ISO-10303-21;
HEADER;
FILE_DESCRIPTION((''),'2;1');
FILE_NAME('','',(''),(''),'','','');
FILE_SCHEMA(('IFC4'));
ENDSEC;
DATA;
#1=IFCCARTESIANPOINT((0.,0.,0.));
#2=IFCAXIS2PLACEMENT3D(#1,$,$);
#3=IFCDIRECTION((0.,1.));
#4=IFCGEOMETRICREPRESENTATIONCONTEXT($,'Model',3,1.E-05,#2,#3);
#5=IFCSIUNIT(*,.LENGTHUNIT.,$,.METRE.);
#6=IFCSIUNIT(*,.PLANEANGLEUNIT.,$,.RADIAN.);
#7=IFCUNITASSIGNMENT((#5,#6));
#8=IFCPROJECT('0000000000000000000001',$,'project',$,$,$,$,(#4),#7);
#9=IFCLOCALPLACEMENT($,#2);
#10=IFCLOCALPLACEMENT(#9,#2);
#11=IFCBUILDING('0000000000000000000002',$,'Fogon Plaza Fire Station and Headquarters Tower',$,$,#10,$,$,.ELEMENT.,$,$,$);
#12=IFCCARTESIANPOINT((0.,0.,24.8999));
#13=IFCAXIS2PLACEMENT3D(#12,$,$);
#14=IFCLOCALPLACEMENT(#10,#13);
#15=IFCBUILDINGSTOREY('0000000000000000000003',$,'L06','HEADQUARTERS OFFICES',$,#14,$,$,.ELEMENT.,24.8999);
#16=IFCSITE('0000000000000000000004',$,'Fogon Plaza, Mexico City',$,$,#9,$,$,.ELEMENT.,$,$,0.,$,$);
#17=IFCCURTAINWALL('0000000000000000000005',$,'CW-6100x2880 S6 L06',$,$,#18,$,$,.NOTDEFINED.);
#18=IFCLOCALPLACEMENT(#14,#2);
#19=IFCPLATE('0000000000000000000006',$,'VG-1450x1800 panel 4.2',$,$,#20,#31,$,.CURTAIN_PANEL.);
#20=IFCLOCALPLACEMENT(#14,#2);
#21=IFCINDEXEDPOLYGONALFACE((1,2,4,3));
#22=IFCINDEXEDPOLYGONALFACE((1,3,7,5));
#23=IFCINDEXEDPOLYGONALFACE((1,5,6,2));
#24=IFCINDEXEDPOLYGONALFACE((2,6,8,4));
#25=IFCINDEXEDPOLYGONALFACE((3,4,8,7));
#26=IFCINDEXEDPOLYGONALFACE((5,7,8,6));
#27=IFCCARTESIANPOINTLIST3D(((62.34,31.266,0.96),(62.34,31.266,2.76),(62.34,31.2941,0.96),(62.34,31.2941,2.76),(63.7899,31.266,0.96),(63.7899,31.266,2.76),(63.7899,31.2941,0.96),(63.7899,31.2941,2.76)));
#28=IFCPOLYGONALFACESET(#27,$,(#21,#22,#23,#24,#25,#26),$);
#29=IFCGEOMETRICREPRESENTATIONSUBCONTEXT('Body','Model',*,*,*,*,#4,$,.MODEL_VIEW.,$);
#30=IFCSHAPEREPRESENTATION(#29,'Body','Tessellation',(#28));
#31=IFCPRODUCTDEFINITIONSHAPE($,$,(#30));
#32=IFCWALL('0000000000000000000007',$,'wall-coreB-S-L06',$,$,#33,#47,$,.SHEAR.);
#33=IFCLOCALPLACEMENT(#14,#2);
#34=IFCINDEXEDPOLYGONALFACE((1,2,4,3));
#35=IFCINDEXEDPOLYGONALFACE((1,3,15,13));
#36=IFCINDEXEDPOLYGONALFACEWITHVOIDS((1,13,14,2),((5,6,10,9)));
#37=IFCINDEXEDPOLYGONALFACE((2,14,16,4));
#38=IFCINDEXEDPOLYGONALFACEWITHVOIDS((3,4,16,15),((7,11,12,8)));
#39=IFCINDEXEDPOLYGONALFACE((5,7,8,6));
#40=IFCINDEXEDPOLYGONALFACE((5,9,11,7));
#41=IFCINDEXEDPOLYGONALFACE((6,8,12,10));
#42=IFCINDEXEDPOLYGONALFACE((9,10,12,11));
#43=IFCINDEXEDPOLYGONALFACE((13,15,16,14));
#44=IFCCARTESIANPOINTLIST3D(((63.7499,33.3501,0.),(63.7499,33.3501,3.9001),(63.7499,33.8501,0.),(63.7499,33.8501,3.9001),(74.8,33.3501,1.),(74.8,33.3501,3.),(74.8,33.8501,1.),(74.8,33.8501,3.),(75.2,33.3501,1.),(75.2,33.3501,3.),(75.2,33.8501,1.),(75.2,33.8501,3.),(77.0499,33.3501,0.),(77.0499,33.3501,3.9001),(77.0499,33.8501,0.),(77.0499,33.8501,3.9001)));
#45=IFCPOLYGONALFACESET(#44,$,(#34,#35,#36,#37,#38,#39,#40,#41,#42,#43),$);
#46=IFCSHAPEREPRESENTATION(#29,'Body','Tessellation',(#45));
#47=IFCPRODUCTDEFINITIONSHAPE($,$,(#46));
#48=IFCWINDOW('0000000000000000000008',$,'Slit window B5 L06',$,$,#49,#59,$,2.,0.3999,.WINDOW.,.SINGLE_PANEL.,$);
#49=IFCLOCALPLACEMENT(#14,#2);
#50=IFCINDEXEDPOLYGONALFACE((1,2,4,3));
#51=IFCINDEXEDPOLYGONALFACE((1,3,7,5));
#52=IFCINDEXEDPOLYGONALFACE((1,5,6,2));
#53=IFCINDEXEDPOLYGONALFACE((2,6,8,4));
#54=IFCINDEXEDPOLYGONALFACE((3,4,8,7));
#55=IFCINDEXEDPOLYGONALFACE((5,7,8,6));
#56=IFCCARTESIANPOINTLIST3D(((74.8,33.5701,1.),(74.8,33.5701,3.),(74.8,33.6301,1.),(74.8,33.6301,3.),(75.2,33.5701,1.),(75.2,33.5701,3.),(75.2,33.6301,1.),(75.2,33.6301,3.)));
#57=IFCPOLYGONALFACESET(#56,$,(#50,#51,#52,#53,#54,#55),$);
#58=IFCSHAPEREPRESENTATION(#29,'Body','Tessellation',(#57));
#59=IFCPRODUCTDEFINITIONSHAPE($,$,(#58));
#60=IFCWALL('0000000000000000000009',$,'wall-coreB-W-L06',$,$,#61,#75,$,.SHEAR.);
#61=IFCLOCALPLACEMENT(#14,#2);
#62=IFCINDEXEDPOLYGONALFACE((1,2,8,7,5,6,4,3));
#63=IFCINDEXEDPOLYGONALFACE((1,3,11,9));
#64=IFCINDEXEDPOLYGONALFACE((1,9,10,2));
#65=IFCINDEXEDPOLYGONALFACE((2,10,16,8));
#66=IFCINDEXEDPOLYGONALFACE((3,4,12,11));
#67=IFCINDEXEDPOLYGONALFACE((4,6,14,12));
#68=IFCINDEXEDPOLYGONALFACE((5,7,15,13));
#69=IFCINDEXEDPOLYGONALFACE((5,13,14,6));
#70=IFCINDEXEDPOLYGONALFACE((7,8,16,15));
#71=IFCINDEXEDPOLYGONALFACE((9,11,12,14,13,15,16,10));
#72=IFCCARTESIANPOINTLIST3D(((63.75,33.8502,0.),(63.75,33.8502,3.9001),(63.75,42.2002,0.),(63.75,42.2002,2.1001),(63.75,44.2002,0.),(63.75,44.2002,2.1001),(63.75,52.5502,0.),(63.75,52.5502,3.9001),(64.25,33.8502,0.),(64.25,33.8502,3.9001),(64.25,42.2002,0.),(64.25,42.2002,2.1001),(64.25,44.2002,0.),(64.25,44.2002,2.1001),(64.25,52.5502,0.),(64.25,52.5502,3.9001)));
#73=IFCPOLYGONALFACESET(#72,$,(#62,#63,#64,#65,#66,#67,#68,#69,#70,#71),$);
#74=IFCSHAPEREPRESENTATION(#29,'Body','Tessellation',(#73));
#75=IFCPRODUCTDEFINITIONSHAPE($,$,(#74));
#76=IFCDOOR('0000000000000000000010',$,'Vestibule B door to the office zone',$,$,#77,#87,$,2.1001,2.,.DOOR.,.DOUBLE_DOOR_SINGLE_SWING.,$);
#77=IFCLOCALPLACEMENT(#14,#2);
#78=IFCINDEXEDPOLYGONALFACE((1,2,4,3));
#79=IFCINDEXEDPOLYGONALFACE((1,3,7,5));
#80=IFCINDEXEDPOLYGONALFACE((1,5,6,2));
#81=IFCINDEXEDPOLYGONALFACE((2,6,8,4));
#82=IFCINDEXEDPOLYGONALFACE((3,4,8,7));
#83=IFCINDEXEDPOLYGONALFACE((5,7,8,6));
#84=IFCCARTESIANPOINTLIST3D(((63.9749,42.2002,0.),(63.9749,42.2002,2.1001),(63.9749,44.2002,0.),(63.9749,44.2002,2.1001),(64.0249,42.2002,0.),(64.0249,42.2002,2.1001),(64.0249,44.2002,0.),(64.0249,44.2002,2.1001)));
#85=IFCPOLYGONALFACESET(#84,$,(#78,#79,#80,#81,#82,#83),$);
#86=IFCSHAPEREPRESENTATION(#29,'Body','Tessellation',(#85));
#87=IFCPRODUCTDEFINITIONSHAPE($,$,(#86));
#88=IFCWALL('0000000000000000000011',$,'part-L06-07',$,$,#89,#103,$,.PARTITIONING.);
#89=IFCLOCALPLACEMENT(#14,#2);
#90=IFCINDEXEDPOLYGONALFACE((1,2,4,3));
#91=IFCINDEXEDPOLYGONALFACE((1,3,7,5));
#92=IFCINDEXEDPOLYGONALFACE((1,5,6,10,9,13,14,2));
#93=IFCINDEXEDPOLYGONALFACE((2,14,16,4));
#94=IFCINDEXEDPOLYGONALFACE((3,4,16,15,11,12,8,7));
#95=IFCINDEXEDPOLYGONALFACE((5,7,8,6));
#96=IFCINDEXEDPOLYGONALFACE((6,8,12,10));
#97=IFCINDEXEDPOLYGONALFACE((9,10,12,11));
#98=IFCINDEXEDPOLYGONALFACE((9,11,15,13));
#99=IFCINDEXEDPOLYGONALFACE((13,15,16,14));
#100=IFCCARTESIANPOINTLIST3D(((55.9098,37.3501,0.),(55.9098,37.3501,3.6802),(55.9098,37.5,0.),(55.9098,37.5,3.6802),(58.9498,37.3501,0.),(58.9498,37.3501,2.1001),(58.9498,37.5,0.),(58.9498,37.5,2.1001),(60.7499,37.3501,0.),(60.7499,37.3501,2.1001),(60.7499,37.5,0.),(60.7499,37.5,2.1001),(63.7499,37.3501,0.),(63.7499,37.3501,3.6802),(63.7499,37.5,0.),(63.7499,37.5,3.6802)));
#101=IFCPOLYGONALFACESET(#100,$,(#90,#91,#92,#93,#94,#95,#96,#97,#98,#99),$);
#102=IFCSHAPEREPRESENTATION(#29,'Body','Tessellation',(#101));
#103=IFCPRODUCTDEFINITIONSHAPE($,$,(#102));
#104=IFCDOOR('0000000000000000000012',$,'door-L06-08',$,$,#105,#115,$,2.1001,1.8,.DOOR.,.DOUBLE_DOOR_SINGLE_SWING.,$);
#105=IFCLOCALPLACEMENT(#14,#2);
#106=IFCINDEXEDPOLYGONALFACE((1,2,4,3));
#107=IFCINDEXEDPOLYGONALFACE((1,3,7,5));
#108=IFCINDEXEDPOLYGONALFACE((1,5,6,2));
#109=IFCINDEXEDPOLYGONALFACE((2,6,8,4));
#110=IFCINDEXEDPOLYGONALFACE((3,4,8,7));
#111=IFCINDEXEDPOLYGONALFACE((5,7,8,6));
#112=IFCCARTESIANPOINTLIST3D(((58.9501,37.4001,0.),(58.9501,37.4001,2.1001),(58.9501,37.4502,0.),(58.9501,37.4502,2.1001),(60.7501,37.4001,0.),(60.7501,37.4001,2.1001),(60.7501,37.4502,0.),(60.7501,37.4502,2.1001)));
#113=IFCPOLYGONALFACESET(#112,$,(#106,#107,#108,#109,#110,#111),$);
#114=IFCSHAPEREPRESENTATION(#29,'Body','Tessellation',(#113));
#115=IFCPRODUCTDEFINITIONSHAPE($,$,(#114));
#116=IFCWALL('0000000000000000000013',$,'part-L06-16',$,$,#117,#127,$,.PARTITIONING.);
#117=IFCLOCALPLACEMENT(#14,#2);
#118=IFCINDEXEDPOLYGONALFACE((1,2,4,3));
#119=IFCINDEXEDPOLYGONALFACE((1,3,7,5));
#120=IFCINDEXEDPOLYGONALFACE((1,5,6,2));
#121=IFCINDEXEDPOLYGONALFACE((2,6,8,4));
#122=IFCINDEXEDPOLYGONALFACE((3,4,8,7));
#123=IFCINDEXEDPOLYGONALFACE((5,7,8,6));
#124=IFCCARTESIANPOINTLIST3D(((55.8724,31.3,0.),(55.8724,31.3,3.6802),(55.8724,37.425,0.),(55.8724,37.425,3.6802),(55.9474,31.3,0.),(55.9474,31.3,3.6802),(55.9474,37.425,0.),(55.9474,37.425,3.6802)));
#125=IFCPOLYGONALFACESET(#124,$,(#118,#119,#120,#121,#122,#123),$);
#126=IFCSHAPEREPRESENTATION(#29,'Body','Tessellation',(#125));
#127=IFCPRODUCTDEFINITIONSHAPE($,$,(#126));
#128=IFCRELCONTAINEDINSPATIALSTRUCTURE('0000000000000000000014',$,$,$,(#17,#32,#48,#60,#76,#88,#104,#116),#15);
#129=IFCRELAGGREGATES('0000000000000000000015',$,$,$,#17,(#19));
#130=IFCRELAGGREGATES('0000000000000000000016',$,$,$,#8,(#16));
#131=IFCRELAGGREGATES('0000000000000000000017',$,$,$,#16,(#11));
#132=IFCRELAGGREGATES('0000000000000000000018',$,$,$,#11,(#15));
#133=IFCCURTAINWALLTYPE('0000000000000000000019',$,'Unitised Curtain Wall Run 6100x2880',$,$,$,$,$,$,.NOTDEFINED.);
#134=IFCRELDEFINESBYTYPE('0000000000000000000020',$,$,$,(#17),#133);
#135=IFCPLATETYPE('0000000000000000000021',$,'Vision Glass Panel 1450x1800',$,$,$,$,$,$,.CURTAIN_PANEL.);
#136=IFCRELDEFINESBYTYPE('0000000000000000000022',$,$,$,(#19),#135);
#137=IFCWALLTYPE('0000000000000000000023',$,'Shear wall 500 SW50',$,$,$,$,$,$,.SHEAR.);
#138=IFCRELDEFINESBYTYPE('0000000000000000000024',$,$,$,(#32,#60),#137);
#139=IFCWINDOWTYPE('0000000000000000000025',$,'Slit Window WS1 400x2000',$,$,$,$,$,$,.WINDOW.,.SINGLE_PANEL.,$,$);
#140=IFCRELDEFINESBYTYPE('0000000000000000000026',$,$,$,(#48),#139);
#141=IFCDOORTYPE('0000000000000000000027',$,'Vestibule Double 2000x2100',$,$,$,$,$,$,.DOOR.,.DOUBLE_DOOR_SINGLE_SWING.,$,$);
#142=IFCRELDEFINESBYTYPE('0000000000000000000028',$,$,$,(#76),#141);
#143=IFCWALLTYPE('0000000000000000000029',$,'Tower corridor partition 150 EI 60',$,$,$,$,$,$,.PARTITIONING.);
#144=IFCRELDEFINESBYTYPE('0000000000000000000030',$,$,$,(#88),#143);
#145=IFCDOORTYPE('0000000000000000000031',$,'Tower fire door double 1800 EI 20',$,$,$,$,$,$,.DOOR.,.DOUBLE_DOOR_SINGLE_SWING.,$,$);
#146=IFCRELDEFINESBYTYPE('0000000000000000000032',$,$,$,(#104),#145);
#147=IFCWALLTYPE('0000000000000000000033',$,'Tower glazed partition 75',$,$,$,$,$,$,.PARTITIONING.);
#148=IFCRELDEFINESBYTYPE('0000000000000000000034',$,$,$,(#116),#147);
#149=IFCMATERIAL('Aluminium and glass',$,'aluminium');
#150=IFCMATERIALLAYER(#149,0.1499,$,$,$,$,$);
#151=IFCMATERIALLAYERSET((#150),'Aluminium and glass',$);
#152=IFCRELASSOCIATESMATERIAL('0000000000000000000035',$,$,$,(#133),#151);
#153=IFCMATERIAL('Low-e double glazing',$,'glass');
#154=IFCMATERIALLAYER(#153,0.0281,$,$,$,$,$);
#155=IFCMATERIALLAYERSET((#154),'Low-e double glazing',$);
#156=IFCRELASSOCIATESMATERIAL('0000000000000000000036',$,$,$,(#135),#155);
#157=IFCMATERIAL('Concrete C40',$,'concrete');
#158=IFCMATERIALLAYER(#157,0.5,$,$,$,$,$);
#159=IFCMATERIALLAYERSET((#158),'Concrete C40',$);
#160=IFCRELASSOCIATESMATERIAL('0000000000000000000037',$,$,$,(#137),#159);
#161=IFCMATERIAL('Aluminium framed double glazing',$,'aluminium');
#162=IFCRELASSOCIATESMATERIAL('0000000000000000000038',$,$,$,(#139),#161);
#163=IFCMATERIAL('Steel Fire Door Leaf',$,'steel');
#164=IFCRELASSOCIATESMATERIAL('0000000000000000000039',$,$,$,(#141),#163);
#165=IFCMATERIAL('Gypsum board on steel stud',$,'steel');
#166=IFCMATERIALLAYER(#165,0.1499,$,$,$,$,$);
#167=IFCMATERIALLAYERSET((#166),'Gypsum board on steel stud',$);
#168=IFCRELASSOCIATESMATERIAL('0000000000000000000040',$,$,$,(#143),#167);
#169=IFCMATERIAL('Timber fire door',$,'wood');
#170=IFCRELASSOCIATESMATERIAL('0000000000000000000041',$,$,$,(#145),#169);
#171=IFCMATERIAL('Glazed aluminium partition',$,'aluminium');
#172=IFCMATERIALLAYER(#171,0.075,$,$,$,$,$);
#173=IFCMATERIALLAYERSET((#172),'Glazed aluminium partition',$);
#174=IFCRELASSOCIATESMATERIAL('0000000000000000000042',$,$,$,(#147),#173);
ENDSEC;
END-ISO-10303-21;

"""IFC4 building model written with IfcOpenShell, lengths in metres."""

from ifc_helpers import new_model, si_unit, direction, frame, frame_2d, origin, origin_2d, place, context, subcontext, project, spatial, rectangle, extrude, material, layer, layer_set, type_object, element, fill, aggregate, save


model = new_model("IFC4")

# Units and contexts
model_context = context("Model", 3, precision=1e-05, world=origin(), true_north=direction((0.0, 1.0)))
body_context = subcontext(model_context, "Body", "Model", "MODEL_VIEW")
ifc_project = project(units=[si_unit("LENGTHUNIT", "METRE"), si_unit("PLANEANGLEUNIT", "RADIAN")], contexts=[model_context])

# Site, building, storey
site_placement = place(None, origin())
site = spatial("IfcSite", under=ifc_project, at=site_placement, Name="Fogon Plaza, Mexico City", CompositionType="ELEMENT", RefElevation=0.0)
building_placement = place(site_placement, origin())
building = spatial("IfcBuilding", under=site, at=building_placement, Name="Fogon Plaza Fire Station and Headquarters Tower", CompositionType="ELEMENT")
storey_placement = place(building_placement, frame((0.0, 0.0, 24.8999)))
storey = spatial("IfcBuildingStorey", under=building, at=storey_placement, Name="L06", Description="HEADQUARTERS OFFICES", CompositionType="ELEMENT", Elevation=24.8999)

# Curtain wall
ifc_material_1 = material(Name="Aluminium and glass", Category="aluminium")
ifc_layer_1 = layer(ifc_material_1, 0.1499)
ifc_layer_set_1 = layer_set([ifc_layer_1], Name="Aluminium and glass")
curtain_wall_type = type_object("IfcCurtainWallType", Name="Unitised Curtain Wall Run 6100x2880", PredefinedType="NOTDEFINED", material=ifc_layer_set_1)
curtain_wall_placement = place(storey_placement, origin())
curtain_wall = element("IfcCurtainWall", 1, at=curtain_wall_placement, inside=storey, type_object=curtain_wall_type, Name="CW-6100x2880 S6 L06", PredefinedType="NOTDEFINED")

# Plate
ifc_material_2 = material(Name="Low-e double glazing", Category="glass")
ifc_layer_2 = layer(ifc_material_2, 0.0281)
ifc_layer_set_2 = layer_set([ifc_layer_2], Name="Low-e double glazing")
plate_type_1 = type_object("IfcPlateType", Name="Vision Glass Panel 1450x1800", PredefinedType="CURTAIN_PANEL", material=ifc_layer_set_2)
plate_1_placement = place(storey_placement, frame((63.0649, 31.28, 0.96), z_axis=(0.0, 0.0, 1.0), x_axis=(1.0, 0.0, 0.0)))
plate_1 = element("IfcPlate", 2, at=plate_1_placement, type_object=plate_type_1, Name="VG-1450x1800 panel 4.2", PredefinedType="CURTAIN_PANEL", context=body_context, shape_type="SweptSolid", body=[
    extrude(rectangle(XDim=1.45, YDim=0.0281, at=origin_2d()), origin(), (0.0, 0.0, 1.0), 1.8),
])
aggregate(curtain_wall, [plate_1])

# Wall, opening, window
ifc_material_3 = material(Name="Concrete C40", Category="concrete")
ifc_layer_3 = layer(ifc_material_3, 0.5)
ifc_layer_set_3 = layer_set([ifc_layer_3], Name="Concrete C40")
wall_type_1 = type_object("IfcWallType", Name="Shear wall 500 SW50", PredefinedType="SHEAR", material=ifc_layer_set_3)
wall_1_placement = place(storey_placement, frame((63.75, 33.6001, 0.0), z_axis=(0.0, 0.0, 1.0), x_axis=(1.0, 0.0, 0.0)))
wall_1 = element("IfcWall", 3, at=wall_1_placement, inside=storey, type_object=wall_type_1, Name="wall-coreB-S-L06", PredefinedType="SHEAR", context=body_context, shape_type="SweptSolid", body=[
    extrude(rectangle(XDim=13.3, YDim=0.5, at=frame_2d((6.6499, 0.0))), origin(), (0.0, 0.0, 1.0), 3.9001),
])
opening_1_placement = place(wall_1_placement, frame((11.05, 0.0, 1.0)))
opening_1 = element("IfcOpeningElement", 4, at=opening_1_placement, cuts=wall_1, PredefinedType="OPENING", context=body_context, shape_type="SweptSolid", body=[
    extrude(rectangle(XDim=0.3999, YDim=2.0, at=frame_2d((0.2, 1.0))), frame((0.0, 0.26, 0.0), z_axis=(0.0, -1.0, 0.0), x_axis=(1.0, 0.0, 0.0)), (0.0, 0.0, 1.0), 0.52),
])
ifc_material_4 = material(Name="Aluminium framed double glazing", Category="aluminium")
window_type = type_object("IfcWindowType", Name="Slit Window WS1 400x2000", PartitioningType="SINGLE_PANEL", PredefinedType="WINDOW", material=ifc_material_4)
window_placement = place(opening_1_placement, origin())
window = element("IfcWindow", 5, at=window_placement, inside=storey, type_object=window_type, Name="Slit window B5 L06", OverallHeight=2.0, OverallWidth=0.3999, PartitioningType="SINGLE_PANEL", PredefinedType="WINDOW", context=body_context, shape_type="SweptSolid", body=[
    extrude(rectangle(XDim=0.3999, YDim=2.0, at=frame_2d((0.2, 1.0))), frame((0.0, 0.03, 0.0), z_axis=(0.0, -1.0, 0.0), x_axis=(1.0, 0.0, 0.0)), (0.0, 0.0, 1.0), 0.0601),
])
fill(opening_1, window)

# Walls, openings, doors
wall_2_placement = place(storey_placement, frame((64.0, 33.8501, 0.0), z_axis=(0.0, 0.0, 1.0), x_axis=(0.0, 1.0, 0.0)))
wall_2 = element("IfcWall", 6, at=wall_2_placement, inside=storey, type_object=wall_type_1, Name="wall-coreB-W-L06", PredefinedType="SHEAR", context=body_context, shape_type="SweptSolid", body=[
    extrude(rectangle(XDim=18.7, YDim=0.5, at=frame_2d((9.3501, 0.0))), origin(), (0.0, 0.0, 1.0), 3.9001),
])
opening_2_placement = place(wall_2_placement, frame((8.3501, 0.0, 0.0)))
opening_2 = element("IfcOpeningElement", 7, at=opening_2_placement, cuts=wall_2, PredefinedType="OPENING", context=body_context, shape_type="SweptSolid", body=[
    extrude(rectangle(XDim=2.0, YDim=2.1001, at=frame_2d((1.0, 1.05))), frame((0.0, 0.26, 0.0), z_axis=(0.0, -1.0, 0.0), x_axis=(1.0, 0.0, 0.0)), (0.0, 0.0, 1.0), 0.52),
])
ifc_material_5 = material(Name="Steel Fire Door Leaf", Category="steel")
door_type_1 = type_object("IfcDoorType", Name="Vestibule Double 2000x2100", OperationType="DOUBLE_DOOR_SINGLE_SWING", PredefinedType="DOOR", material=ifc_material_5)
door_1_placement = place(opening_2_placement, frame((2.0, 0.0, 0.0), z_axis=(0.0, 0.0, 1.0), x_axis=(-1.0, 0.0, 0.0)))
door_1 = element("IfcDoor", 8, at=door_1_placement, inside=storey, type_object=door_type_1, Name="Vestibule B door to the office zone", OperationType="DOUBLE_DOOR_SINGLE_SWING", OverallHeight=2.1001, OverallWidth=2.0, PredefinedType="DOOR", context=body_context, shape_type="SweptSolid", body=[
    extrude(rectangle(XDim=2.0, YDim=2.1001, at=frame_2d((1.0, 1.05))), frame((0.0, 0.0249, 0.0), z_axis=(0.0, -1.0, 0.0), x_axis=(1.0, 0.0, 0.0)), (0.0, 0.0, 1.0), 0.05),
])
fill(opening_2, door_1)
ifc_material_6 = material(Name="Gypsum board on steel stud", Category="steel")
ifc_layer_4 = layer(ifc_material_6, 0.1499)
ifc_layer_set_4 = layer_set([ifc_layer_4], Name="Gypsum board on steel stud")
wall_type_2 = type_object("IfcWallType", Name="Tower corridor partition 150 EI 60", PredefinedType="PARTITIONING", material=ifc_layer_set_4)
wall_3_placement = place(storey_placement, frame((55.9099, 37.425, 0.0), z_axis=(0.0, 0.0, 1.0), x_axis=(1.0, 0.0, 0.0)))
wall_3 = element("IfcWall", 9, at=wall_3_placement, inside=storey, type_object=wall_type_2, Name="part-L06-07", PredefinedType="PARTITIONING", context=body_context, shape_type="SweptSolid", body=[
    extrude(rectangle(XDim=7.8401, YDim=0.1499, at=frame_2d((3.9199, 0.0))), origin(), (0.0, 0.0, 1.0), 3.6802),
])
opening_3_placement = place(wall_3_placement, frame((3.04, 0.0, 0.0)))
opening_3 = element("IfcOpeningElement", 10, at=opening_3_placement, cuts=wall_3, PredefinedType="OPENING", context=body_context, shape_type="SweptSolid", body=[
    extrude(rectangle(XDim=1.8, YDim=2.1001, at=frame_2d((0.8999, 1.05))), frame((0.0, 0.085, 0.0), z_axis=(0.0, -1.0, 0.0), x_axis=(1.0, 0.0, 0.0)), (0.0, 0.0, 1.0), 0.1699),
])
ifc_material_7 = material(Name="Timber fire door", Category="wood")
door_type_2 = type_object("IfcDoorType", Name="Tower fire door double 1800 EI 20", OperationType="DOUBLE_DOOR_SINGLE_SWING", PredefinedType="DOOR", material=ifc_material_7)
door_2_placement = place(opening_3_placement, frame((1.8, 0.0, 0.0), z_axis=(0.0, 0.0, 1.0), x_axis=(-1.0, 0.0, 0.0)))
door_2 = element("IfcDoor", 11, at=door_2_placement, inside=storey, type_object=door_type_2, Name="door-L06-08", OperationType="DOUBLE_DOOR_SINGLE_SWING", OverallHeight=2.1001, OverallWidth=1.8, PredefinedType="DOOR", context=body_context, shape_type="SweptSolid", body=[
    extrude(rectangle(XDim=1.8, YDim=2.1001, at=frame_2d((0.8999, 1.05))), frame((0.0, 0.0249, 0.0), z_axis=(0.0, -1.0, 0.0), x_axis=(1.0, 0.0, 0.0)), (0.0, 0.0, 1.0), 0.05),
])
fill(opening_3, door_2)

# Wall
ifc_material_8 = material(Name="Glazed aluminium partition", Category="aluminium")
ifc_layer_5 = layer(ifc_material_8, 0.075)
ifc_layer_set_5 = layer_set([ifc_layer_5], Name="Glazed aluminium partition")
wall_type_3 = type_object("IfcWallType", Name="Tower glazed partition 75", PredefinedType="PARTITIONING", material=ifc_layer_set_5)
wall_4_placement = place(storey_placement, frame((55.9099, 31.3, 0.0), z_axis=(0.0, 0.0, 1.0), x_axis=(0.0, 1.0, 0.0)))
element("IfcWall", 12, at=wall_4_placement, inside=storey, type_object=wall_type_3, Name="part-L06-16", PredefinedType="PARTITIONING", context=body_context, shape_type="SweptSolid", body=[
    extrude(rectangle(XDim=6.125, YDim=0.075, at=frame_2d((3.0625, 0.0))), origin(), (0.0, 0.0, 1.0), 3.6802),
])

save(model, "model.ifc")
